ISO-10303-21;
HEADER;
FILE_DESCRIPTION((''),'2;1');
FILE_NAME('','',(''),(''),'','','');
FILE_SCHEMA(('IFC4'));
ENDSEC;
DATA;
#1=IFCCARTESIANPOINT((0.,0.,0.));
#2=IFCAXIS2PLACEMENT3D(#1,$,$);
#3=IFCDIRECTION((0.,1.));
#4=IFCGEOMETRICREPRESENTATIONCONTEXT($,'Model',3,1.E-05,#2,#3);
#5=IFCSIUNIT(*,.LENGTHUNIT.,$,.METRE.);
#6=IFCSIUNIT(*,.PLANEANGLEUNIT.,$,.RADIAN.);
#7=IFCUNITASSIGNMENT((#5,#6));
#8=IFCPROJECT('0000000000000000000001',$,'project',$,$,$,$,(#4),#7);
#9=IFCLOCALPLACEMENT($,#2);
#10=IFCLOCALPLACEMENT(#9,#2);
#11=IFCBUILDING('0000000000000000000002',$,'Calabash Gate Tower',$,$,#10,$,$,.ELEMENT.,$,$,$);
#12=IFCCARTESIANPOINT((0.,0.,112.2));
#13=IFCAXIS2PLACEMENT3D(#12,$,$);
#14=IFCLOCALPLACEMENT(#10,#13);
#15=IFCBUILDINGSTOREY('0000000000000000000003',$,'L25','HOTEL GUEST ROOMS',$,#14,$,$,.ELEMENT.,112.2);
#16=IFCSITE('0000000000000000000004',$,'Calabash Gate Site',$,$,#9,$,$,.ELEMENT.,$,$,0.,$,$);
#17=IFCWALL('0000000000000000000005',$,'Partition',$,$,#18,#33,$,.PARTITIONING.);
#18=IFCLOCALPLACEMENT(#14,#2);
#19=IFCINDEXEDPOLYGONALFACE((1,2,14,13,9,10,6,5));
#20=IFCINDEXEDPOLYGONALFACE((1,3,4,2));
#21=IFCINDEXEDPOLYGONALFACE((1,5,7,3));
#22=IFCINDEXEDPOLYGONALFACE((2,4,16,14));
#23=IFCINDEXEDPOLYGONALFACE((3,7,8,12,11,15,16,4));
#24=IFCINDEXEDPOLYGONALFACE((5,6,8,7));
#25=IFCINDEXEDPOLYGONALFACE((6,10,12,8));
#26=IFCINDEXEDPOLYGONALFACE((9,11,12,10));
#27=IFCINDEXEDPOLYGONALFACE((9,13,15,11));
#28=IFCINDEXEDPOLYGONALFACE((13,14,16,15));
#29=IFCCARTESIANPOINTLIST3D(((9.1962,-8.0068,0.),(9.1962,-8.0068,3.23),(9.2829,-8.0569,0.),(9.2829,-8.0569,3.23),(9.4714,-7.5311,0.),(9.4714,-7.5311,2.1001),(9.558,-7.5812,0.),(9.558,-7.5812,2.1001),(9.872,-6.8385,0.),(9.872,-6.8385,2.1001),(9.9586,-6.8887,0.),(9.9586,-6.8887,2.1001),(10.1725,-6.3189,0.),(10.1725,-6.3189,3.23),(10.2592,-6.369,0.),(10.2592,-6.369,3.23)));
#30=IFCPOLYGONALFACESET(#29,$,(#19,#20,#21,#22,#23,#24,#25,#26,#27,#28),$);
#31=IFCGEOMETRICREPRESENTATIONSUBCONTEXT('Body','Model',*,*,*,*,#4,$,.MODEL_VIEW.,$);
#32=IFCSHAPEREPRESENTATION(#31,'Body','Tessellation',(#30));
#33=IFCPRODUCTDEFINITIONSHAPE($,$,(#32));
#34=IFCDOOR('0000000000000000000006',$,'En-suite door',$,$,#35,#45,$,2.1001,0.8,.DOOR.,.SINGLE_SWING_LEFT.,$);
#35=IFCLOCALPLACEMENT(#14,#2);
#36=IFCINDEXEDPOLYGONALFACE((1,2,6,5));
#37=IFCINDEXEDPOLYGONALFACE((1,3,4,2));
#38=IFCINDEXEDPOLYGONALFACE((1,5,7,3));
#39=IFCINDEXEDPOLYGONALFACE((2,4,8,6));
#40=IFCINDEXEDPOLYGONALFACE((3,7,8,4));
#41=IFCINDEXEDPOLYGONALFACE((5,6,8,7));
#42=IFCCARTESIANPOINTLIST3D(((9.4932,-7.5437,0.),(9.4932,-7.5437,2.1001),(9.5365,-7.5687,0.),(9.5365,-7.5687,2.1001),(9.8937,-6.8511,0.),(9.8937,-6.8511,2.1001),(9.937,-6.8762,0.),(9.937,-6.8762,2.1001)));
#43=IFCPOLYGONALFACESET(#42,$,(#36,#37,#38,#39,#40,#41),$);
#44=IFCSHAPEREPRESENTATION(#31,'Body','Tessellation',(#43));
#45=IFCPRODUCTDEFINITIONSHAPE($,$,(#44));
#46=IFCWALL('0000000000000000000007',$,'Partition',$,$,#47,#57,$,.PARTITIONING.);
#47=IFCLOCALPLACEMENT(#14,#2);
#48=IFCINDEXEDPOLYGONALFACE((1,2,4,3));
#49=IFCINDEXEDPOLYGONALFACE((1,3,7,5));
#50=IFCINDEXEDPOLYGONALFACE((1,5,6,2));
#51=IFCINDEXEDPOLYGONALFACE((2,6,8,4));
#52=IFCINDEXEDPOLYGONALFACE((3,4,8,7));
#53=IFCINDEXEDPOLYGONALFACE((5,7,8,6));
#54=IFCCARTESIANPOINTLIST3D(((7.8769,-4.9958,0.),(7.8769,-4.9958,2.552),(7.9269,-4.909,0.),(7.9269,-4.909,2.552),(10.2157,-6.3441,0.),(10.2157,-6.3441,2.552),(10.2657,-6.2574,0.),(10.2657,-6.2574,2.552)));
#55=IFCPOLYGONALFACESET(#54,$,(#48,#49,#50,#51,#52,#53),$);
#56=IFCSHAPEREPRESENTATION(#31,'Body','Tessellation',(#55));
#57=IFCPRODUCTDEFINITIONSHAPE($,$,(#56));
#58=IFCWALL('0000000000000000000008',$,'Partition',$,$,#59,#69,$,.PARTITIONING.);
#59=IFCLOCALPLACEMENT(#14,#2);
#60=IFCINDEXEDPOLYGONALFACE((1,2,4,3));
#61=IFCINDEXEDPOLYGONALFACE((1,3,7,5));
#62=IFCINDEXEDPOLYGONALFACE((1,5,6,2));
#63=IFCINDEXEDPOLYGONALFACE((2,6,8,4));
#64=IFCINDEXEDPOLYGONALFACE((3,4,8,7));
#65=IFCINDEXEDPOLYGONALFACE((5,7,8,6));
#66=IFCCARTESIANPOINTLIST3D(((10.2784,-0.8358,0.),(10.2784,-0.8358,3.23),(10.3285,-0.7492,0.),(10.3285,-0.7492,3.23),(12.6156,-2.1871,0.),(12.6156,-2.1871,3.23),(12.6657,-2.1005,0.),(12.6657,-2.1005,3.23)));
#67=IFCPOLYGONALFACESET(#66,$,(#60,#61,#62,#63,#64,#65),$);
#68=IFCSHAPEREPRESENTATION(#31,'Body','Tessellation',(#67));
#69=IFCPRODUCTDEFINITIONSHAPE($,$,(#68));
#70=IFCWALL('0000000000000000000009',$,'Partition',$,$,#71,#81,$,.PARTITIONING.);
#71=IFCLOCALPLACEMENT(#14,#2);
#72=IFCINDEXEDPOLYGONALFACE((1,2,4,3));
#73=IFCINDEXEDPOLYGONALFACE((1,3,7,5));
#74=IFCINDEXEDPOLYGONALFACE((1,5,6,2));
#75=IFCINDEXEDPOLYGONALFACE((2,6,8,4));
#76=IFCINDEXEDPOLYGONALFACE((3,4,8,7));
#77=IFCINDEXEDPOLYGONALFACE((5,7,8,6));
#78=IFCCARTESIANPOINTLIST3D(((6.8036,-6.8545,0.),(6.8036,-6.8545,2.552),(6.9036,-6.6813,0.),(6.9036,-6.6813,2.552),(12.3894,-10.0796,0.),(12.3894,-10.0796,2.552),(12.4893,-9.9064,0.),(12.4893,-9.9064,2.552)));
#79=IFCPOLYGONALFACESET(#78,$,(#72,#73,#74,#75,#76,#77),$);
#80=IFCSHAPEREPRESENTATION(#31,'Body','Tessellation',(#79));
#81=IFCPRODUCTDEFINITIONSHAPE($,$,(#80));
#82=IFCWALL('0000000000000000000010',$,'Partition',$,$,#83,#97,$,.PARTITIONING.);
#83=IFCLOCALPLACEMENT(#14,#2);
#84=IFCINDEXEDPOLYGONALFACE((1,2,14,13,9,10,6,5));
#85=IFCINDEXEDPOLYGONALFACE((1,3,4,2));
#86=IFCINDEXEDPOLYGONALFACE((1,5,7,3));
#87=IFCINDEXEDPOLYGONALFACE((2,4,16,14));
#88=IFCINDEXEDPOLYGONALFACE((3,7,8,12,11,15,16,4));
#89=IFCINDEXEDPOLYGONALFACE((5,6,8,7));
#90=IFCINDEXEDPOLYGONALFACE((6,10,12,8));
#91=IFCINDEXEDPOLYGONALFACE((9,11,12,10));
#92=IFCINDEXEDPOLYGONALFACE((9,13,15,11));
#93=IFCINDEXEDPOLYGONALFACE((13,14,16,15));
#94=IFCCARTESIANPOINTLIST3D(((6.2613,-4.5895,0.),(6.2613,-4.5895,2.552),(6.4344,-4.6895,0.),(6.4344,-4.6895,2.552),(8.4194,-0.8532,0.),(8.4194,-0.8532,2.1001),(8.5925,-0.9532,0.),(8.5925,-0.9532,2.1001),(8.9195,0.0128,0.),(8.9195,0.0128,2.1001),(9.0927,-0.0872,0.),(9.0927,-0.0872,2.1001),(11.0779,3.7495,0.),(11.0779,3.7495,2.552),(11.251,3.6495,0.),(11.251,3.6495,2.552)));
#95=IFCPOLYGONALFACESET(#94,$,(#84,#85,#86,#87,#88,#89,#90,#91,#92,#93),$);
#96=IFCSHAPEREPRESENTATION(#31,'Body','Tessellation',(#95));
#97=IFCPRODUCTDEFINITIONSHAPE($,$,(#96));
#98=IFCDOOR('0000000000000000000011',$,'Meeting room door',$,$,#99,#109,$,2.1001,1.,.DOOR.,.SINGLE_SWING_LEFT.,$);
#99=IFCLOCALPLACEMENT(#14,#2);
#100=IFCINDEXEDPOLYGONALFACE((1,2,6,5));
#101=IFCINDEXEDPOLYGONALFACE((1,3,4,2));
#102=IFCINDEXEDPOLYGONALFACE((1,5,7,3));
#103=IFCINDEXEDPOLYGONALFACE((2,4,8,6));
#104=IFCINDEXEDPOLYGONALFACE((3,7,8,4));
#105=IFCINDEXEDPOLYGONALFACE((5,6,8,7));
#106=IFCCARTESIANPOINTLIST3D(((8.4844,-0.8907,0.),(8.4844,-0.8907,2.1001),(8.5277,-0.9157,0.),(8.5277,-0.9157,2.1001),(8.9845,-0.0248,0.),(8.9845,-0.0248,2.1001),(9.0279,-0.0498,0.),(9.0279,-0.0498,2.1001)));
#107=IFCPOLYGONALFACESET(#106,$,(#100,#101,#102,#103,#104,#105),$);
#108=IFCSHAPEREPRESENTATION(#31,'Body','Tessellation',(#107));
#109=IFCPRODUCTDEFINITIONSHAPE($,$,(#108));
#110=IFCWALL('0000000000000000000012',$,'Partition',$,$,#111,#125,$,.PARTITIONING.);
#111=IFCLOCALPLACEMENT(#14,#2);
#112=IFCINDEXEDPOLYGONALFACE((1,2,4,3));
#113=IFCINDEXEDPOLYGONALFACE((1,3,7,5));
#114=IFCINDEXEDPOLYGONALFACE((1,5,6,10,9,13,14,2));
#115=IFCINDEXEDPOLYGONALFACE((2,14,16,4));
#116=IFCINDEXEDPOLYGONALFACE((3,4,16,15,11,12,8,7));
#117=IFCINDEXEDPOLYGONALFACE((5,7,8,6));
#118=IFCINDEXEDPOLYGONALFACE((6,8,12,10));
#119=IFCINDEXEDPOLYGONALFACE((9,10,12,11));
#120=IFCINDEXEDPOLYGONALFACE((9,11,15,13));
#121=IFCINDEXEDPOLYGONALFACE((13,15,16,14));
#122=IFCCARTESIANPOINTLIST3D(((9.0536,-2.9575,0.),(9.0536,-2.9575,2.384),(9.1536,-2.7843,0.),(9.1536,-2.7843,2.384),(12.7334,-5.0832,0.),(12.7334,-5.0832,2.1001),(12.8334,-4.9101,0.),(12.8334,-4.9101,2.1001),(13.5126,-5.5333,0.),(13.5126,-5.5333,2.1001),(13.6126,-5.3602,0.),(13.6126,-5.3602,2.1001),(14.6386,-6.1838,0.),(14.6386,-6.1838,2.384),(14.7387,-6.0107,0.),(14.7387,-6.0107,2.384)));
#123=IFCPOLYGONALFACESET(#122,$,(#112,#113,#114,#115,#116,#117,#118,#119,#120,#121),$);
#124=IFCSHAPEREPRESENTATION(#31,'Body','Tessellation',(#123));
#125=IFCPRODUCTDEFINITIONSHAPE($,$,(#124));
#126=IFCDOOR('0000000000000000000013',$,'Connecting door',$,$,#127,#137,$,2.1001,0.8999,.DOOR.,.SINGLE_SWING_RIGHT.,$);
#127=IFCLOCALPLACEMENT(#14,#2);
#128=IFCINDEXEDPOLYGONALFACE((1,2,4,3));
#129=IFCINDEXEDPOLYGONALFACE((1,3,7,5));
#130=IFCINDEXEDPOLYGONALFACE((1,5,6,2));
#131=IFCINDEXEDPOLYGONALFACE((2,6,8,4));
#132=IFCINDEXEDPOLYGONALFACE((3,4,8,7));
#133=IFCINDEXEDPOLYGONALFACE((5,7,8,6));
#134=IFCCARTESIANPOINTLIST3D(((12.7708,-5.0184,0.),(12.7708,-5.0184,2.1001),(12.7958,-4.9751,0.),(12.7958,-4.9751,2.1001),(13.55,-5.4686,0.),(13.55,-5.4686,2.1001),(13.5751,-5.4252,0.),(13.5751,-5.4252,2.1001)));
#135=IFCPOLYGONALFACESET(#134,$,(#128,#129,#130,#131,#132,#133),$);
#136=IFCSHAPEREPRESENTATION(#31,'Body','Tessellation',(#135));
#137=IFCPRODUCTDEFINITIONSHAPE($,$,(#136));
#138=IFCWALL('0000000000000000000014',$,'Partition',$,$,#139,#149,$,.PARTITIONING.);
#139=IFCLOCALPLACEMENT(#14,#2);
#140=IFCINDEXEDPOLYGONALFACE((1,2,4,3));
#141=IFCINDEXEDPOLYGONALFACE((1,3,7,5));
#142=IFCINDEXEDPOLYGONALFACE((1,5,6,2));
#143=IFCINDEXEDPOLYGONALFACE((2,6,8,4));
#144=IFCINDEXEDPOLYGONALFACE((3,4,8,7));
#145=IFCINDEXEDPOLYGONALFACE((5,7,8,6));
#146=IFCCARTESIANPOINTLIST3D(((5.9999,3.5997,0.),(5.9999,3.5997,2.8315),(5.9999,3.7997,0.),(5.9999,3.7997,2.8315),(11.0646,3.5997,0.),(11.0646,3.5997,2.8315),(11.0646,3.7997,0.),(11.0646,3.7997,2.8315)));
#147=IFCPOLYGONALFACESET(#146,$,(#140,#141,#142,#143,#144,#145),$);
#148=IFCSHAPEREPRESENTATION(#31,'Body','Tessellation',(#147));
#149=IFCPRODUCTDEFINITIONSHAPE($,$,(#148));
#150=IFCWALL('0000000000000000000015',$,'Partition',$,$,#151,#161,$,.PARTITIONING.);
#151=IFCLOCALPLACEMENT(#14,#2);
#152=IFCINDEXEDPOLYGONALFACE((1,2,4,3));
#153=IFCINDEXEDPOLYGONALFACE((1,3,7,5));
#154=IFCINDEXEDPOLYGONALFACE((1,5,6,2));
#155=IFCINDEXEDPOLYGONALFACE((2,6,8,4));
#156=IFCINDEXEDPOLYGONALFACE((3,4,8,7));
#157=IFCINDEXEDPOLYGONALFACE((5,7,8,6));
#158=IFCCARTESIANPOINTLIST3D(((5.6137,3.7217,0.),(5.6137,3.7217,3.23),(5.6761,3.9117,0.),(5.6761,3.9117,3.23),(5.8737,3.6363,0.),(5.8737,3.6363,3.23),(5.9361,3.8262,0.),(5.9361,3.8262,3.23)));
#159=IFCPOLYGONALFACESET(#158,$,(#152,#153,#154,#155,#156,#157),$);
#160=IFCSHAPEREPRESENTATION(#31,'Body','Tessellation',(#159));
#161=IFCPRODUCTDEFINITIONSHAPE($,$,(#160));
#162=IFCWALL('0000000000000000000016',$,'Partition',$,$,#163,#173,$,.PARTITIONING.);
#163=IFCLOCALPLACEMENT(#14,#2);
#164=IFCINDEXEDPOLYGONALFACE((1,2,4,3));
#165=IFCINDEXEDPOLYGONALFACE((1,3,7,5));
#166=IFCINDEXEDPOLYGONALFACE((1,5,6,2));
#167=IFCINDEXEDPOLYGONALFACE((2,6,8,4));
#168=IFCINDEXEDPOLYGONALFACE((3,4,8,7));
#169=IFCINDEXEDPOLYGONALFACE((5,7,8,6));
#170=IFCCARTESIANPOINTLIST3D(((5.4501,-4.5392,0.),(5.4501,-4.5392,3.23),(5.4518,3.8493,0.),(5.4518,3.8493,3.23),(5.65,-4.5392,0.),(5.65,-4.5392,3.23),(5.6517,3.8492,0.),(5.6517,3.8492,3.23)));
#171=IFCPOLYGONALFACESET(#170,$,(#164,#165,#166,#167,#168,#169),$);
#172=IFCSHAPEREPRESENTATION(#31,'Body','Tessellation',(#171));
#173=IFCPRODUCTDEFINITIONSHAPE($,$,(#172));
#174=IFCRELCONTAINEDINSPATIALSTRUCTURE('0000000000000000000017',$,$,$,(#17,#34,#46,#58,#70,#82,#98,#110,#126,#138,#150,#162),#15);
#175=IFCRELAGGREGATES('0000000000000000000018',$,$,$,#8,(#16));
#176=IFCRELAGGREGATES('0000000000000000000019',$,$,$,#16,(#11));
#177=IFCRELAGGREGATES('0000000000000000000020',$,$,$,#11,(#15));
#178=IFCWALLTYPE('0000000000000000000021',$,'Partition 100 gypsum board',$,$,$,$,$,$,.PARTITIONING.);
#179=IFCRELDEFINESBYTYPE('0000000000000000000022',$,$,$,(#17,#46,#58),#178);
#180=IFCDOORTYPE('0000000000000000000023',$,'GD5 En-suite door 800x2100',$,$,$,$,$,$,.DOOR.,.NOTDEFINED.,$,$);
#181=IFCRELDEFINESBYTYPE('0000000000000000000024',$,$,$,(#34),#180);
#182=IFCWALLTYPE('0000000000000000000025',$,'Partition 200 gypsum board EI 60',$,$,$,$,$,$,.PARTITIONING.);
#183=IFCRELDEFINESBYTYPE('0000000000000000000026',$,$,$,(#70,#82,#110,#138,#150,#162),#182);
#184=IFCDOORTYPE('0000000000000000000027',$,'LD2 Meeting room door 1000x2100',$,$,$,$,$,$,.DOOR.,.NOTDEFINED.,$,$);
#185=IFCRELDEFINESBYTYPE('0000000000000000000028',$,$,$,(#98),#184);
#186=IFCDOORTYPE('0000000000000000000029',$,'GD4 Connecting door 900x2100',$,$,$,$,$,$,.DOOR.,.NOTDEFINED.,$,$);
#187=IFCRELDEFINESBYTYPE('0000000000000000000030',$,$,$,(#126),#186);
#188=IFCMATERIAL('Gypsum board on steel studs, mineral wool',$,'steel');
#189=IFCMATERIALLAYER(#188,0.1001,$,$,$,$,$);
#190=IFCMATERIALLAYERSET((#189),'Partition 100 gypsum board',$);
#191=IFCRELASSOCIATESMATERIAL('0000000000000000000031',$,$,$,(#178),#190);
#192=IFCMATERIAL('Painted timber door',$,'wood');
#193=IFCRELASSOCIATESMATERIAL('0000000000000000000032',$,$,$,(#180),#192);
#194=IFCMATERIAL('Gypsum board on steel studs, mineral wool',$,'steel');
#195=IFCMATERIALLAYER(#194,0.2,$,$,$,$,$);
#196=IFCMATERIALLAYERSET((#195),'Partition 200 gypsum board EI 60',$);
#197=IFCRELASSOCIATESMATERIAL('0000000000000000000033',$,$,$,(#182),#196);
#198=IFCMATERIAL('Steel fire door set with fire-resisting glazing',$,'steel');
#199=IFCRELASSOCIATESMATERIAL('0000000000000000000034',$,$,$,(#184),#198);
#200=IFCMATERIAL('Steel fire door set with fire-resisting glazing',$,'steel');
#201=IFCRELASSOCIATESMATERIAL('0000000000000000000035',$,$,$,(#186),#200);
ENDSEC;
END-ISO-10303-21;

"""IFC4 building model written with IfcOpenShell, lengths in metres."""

from ifc_helpers import new_model, si_unit, direction, frame, frame_2d, origin, place, context, subcontext, project, spatial, rectangle, extrude, material, layer, layer_set, type_object, element, fill, save


model = new_model("IFC4")

# Units and contexts
model_context = context("Model", 3, precision=1e-05, world=origin(), true_north=direction((0.0, 1.0)))
body_context = subcontext(model_context, "Body", "Model", "MODEL_VIEW")
ifc_project = project(units=[si_unit("LENGTHUNIT", "METRE"), si_unit("PLANEANGLEUNIT", "RADIAN")], contexts=[model_context])

# Site, building, storey
site_placement = place(None, origin())
site = spatial("IfcSite", under=ifc_project, at=site_placement, Name="Calabash Gate Site", CompositionType="ELEMENT", RefElevation=0.0)
building_placement = place(site_placement, origin())
building = spatial("IfcBuilding", under=site, at=building_placement, Name="Calabash Gate Tower", CompositionType="ELEMENT")
storey_placement = place(building_placement, frame((0.0, 0.0, 112.2)))
storey = spatial("IfcBuildingStorey", under=building, at=storey_placement, Name="L25", Description="HOTEL GUEST ROOMS", CompositionType="ELEMENT", Elevation=112.2)

# Wall, opening, door
ifc_material_1 = material(Name="Gypsum board on steel studs, mineral wool", Category="steel")
ifc_layer_1 = layer(ifc_material_1, 0.1001)
ifc_layer_set_1 = layer_set([ifc_layer_1], Name="Partition 100 gypsum board")
wall_type_1 = type_object("IfcWallType", Name="Partition 100 gypsum board", PredefinedType="PARTITIONING", material=ifc_layer_set_1)
wall_1_placement = place(storey_placement, frame((9.2395, -8.032, 0.0), z_axis=(0.0, 0.0, 1.0), x_axis=(0.500676, 0.865635, 0.0)))
wall_1 = element("IfcWall", 1, at=wall_1_placement, inside=storey, type_object=wall_type_1, Name="Partition", PredefinedType="PARTITIONING", context=body_context, shape_type="SweptSolid", body=[
    extrude(rectangle(XDim=1.95, YDim=0.1001, at=frame_2d((0.9751, 0.0))), origin(), (0.0, 0.0, 1.0), 3.23),
])
opening_1_placement = place(wall_1_placement, frame((0.5498, 0.0, 0.0)))
opening_1 = element("IfcOpeningElement", 2, at=opening_1_placement, cuts=wall_1, PredefinedType="OPENING", context=body_context, shape_type="SweptSolid", body=[
    extrude(rectangle(XDim=0.8, YDim=2.1001, at=frame_2d((0.3999, 1.05))), frame((0.0, 0.0601, 0.0), z_axis=(0.0, -1.0, 0.0), x_axis=(1.0, 0.0, 0.0)), (0.0, 0.0, 1.0), 0.1201),
])
ifc_material_2 = material(Name="Painted timber door", Category="wood")
door_type_1 = type_object("IfcDoorType", Name="GD5 En-suite door 800x2100", OperationType="NOTDEFINED", PredefinedType="DOOR", material=ifc_material_2)
door_1_placement = place(opening_1_placement, origin())
door_1 = element("IfcDoor", 3, at=door_1_placement, inside=storey, type_object=door_type_1, Name="En-suite door", OperationType="SINGLE_SWING_LEFT", OverallHeight=2.1001, OverallWidth=0.8, PredefinedType="DOOR", context=body_context, shape_type="SweptSolid", body=[
    extrude(rectangle(XDim=0.8, YDim=2.1001, at=frame_2d((0.3999, 1.05))), frame((0.0, 0.0249, 0.0), z_axis=(0.0, -1.0, 0.0), x_axis=(1.0, 0.0, 0.0)), (0.0, 0.0, 1.0), 0.05),
])
fill(opening_1, door_1)

# Walls
wall_2_placement = place(storey_placement, frame((7.9019, -4.9524, 0.0), z_axis=(0.0, 0.0, 1.0), x_axis=(0.866339, -0.499456, 0.0)))
element("IfcWall", 4, at=wall_2_placement, inside=storey, type_object=wall_type_1, Name="Partition", PredefinedType="PARTITIONING", context=body_context, shape_type="SweptSolid", body=[
    extrude(rectangle(XDim=2.6997, YDim=0.1001, at=frame_2d((1.3499, 0.0))), origin(), (0.0, 0.0, 1.0), 2.552),
])
wall_3_placement = place(storey_placement, frame((10.3035, -0.7925, 0.0), z_axis=(0.0, 0.0, 1.0), x_axis=(0.865711, -0.500544, 0.0)))
element("IfcWall", 5, at=wall_3_placement, inside=storey, type_object=wall_type_1, Name="Partition", PredefinedType="PARTITIONING", context=body_context, shape_type="SweptSolid", body=[
    extrude(rectangle(XDim=2.6997, YDim=0.1001, at=frame_2d((1.3499, 0.0))), origin(), (0.0, 0.0, 1.0), 3.23),
])
ifc_material_3 = material(Name="Gypsum board on steel studs, mineral wool", Category="steel")
ifc_layer_2 = layer(ifc_material_3, 0.2)
ifc_layer_set_2 = layer_set([ifc_layer_2], Name="Partition 200 gypsum board EI 60")
wall_type_2 = type_object("IfcWallType", Name="Partition 200 gypsum board EI 60", PredefinedType="PARTITIONING", material=ifc_layer_set_2)
wall_4_placement = place(storey_placement, frame((6.8535, -6.7678, 0.0), z_axis=(0.0, 0.0, 1.0), x_axis=(0.866012, -0.500023, 0.0)))
element("IfcWall", 6, at=wall_4_placement, inside=storey, type_object=wall_type_2, Name="Partition", PredefinedType="PARTITIONING", context=body_context, shape_type="SweptSolid", body=[
    extrude(rectangle(XDim=6.45, YDim=0.2, at=frame_2d((3.2251, 0.0))), origin(), (0.0, 0.0, 1.0), 2.552),
])

# Walls, openings, doors
wall_5_placement = place(storey_placement, frame((6.3479, -4.6394, 0.0), z_axis=(0.0, 0.0, 1.0), x_axis=(0.500161, 0.865933, 0.0)))
wall_5 = element("IfcWall", 7, at=wall_5_placement, inside=storey, type_object=wall_type_2, Name="Partition", PredefinedType="PARTITIONING", context=body_context, shape_type="SweptSolid", body=[
    extrude(rectangle(XDim=9.6301, YDim=0.2, at=frame_2d((4.8149, 0.0))), origin(), (0.0, 0.0, 1.0), 2.552),
])
opening_2_placement = place(wall_5_placement, frame((4.3147, 0.0, 0.0)))
opening_2 = element("IfcOpeningElement", 8, at=opening_2_placement, cuts=wall_5, PredefinedType="OPENING", context=body_context, shape_type="SweptSolid", body=[
    extrude(rectangle(XDim=1.0, YDim=2.1001, at=frame_2d((0.5, 1.05))), frame((0.0, 0.1099, 0.0), z_axis=(0.0, -1.0, 0.0), x_axis=(1.0, 0.0, 0.0)), (0.0, 0.0, 1.0), 0.22),
])
ifc_material_4 = material(Name="Steel fire door set with fire-resisting glazing", Category="steel")
door_type_2 = type_object("IfcDoorType", Name="LD2 Meeting room door 1000x2100", OperationType="NOTDEFINED", PredefinedType="DOOR", material=ifc_material_4)
door_2_placement = place(opening_2_placement, origin())
door_2 = element("IfcDoor", 9, at=door_2_placement, inside=storey, type_object=door_type_2, Name="Meeting room door", OperationType="SINGLE_SWING_LEFT", OverallHeight=2.1001, OverallWidth=1.0, PredefinedType="DOOR", context=body_context, shape_type="SweptSolid", body=[
    extrude(rectangle(XDim=1.0, YDim=2.1001, at=frame_2d((0.5, 1.05))), frame((0.0, 0.0249, 0.0), z_axis=(0.0, -1.0, 0.0), x_axis=(1.0, 0.0, 0.0)), (0.0, 0.0, 1.0), 0.05),
])
fill(opening_2, door_2)
wall_6_placement = place(storey_placement, frame((9.1035, -2.8708, 0.0), z_axis=(0.0, 0.0, 1.0), x_axis=(0.865902, -0.500214, 0.0)))
wall_6 = element("IfcWall", 10, at=wall_6_placement, inside=storey, type_object=wall_type_2, Name="Partition", PredefinedType="PARTITIONING", context=body_context, shape_type="SweptSolid", body=[
    extrude(rectangle(XDim=6.45, YDim=0.2, at=frame_2d((3.2251, 0.0))), origin(), (0.0, 0.0, 1.0), 2.384),
])
opening_3_placement = place(wall_6_placement, frame((4.2498, 0.0, 0.0)))
opening_3 = element("IfcOpeningElement", 11, at=opening_3_placement, cuts=wall_6, PredefinedType="OPENING", context=body_context, shape_type="SweptSolid", body=[
    extrude(rectangle(XDim=0.8999, YDim=2.1001, at=frame_2d((0.45, 1.05))), frame((0.0, 0.1099, 0.0), z_axis=(0.0, -1.0, 0.0), x_axis=(1.0, 0.0, 0.0)), (0.0, 0.0, 1.0), 0.22),
])
ifc_material_5 = material(Name="Steel fire door set with fire-resisting glazing", Category="steel")
door_type_3 = type_object("IfcDoorType", Name="GD4 Connecting door 900x2100", OperationType="NOTDEFINED", PredefinedType="DOOR", material=ifc_material_5)
door_3_placement = place(opening_3_placement, origin())
door_3 = element("IfcDoor", 12, at=door_3_placement, inside=storey, type_object=door_type_3, Name="Connecting door", OperationType="SINGLE_SWING_RIGHT", OverallHeight=2.1001, OverallWidth=0.8999, PredefinedType="DOOR", context=body_context, shape_type="SweptSolid", body=[
    extrude(rectangle(XDim=0.8999, YDim=2.1001, at=frame_2d((0.45, 1.05))), frame((0.0, 0.0249, 0.0), z_axis=(0.0, -1.0, 0.0), x_axis=(1.0, 0.0, 0.0)), (0.0, 0.0, 1.0), 0.05),
])
fill(opening_3, door_3)

# Walls
wall_7_placement = place(storey_placement, frame((6.0, 3.6997, 0.0), z_axis=(0.0, 0.0, 1.0), x_axis=(1.0, 0.0, 0.0)))
element("IfcWall", 13, at=wall_7_placement, inside=storey, type_object=wall_type_2, Name="Partition", PredefinedType="PARTITIONING", context=body_context, shape_type="SweptSolid", body=[
    extrude(rectangle(XDim=5.0647, YDim=0.2, at=frame_2d((2.5322, 0.0))), origin(), (0.0, 0.0, 1.0), 2.8315),
])
wall_8_placement = place(storey_placement, frame((5.645, 3.8167, 0.0), z_axis=(0.0, 0.0, 1.0), x_axis=(0.950013, -0.312211, 0.0)))
element("IfcWall", 14, at=wall_8_placement, inside=storey, type_object=wall_type_2, Name="Partition", PredefinedType="PARTITIONING", context=body_context, shape_type="SweptSolid", body=[
    extrude(rectangle(XDim=0.2737, YDim=0.2, at=frame_2d((0.1367, 0.0))), origin(), (0.0, 0.0, 1.0), 3.23),
])
wall_9_placement = place(storey_placement, frame((5.55, -4.5393, 0.0), z_axis=(0.0, 0.0, 1.0), x_axis=(0.000204, 1.0, 0.0)))
element("IfcWall", 15, at=wall_9_placement, inside=storey, type_object=wall_type_2, Name="Partition", PredefinedType="PARTITIONING", context=body_context, shape_type="SweptSolid", body=[
    extrude(rectangle(XDim=8.3884, YDim=0.2, at=frame_2d((4.1943, 0.0))), origin(), (0.0, 0.0, 1.0), 3.23),
])

save(model, "model.ifc")
